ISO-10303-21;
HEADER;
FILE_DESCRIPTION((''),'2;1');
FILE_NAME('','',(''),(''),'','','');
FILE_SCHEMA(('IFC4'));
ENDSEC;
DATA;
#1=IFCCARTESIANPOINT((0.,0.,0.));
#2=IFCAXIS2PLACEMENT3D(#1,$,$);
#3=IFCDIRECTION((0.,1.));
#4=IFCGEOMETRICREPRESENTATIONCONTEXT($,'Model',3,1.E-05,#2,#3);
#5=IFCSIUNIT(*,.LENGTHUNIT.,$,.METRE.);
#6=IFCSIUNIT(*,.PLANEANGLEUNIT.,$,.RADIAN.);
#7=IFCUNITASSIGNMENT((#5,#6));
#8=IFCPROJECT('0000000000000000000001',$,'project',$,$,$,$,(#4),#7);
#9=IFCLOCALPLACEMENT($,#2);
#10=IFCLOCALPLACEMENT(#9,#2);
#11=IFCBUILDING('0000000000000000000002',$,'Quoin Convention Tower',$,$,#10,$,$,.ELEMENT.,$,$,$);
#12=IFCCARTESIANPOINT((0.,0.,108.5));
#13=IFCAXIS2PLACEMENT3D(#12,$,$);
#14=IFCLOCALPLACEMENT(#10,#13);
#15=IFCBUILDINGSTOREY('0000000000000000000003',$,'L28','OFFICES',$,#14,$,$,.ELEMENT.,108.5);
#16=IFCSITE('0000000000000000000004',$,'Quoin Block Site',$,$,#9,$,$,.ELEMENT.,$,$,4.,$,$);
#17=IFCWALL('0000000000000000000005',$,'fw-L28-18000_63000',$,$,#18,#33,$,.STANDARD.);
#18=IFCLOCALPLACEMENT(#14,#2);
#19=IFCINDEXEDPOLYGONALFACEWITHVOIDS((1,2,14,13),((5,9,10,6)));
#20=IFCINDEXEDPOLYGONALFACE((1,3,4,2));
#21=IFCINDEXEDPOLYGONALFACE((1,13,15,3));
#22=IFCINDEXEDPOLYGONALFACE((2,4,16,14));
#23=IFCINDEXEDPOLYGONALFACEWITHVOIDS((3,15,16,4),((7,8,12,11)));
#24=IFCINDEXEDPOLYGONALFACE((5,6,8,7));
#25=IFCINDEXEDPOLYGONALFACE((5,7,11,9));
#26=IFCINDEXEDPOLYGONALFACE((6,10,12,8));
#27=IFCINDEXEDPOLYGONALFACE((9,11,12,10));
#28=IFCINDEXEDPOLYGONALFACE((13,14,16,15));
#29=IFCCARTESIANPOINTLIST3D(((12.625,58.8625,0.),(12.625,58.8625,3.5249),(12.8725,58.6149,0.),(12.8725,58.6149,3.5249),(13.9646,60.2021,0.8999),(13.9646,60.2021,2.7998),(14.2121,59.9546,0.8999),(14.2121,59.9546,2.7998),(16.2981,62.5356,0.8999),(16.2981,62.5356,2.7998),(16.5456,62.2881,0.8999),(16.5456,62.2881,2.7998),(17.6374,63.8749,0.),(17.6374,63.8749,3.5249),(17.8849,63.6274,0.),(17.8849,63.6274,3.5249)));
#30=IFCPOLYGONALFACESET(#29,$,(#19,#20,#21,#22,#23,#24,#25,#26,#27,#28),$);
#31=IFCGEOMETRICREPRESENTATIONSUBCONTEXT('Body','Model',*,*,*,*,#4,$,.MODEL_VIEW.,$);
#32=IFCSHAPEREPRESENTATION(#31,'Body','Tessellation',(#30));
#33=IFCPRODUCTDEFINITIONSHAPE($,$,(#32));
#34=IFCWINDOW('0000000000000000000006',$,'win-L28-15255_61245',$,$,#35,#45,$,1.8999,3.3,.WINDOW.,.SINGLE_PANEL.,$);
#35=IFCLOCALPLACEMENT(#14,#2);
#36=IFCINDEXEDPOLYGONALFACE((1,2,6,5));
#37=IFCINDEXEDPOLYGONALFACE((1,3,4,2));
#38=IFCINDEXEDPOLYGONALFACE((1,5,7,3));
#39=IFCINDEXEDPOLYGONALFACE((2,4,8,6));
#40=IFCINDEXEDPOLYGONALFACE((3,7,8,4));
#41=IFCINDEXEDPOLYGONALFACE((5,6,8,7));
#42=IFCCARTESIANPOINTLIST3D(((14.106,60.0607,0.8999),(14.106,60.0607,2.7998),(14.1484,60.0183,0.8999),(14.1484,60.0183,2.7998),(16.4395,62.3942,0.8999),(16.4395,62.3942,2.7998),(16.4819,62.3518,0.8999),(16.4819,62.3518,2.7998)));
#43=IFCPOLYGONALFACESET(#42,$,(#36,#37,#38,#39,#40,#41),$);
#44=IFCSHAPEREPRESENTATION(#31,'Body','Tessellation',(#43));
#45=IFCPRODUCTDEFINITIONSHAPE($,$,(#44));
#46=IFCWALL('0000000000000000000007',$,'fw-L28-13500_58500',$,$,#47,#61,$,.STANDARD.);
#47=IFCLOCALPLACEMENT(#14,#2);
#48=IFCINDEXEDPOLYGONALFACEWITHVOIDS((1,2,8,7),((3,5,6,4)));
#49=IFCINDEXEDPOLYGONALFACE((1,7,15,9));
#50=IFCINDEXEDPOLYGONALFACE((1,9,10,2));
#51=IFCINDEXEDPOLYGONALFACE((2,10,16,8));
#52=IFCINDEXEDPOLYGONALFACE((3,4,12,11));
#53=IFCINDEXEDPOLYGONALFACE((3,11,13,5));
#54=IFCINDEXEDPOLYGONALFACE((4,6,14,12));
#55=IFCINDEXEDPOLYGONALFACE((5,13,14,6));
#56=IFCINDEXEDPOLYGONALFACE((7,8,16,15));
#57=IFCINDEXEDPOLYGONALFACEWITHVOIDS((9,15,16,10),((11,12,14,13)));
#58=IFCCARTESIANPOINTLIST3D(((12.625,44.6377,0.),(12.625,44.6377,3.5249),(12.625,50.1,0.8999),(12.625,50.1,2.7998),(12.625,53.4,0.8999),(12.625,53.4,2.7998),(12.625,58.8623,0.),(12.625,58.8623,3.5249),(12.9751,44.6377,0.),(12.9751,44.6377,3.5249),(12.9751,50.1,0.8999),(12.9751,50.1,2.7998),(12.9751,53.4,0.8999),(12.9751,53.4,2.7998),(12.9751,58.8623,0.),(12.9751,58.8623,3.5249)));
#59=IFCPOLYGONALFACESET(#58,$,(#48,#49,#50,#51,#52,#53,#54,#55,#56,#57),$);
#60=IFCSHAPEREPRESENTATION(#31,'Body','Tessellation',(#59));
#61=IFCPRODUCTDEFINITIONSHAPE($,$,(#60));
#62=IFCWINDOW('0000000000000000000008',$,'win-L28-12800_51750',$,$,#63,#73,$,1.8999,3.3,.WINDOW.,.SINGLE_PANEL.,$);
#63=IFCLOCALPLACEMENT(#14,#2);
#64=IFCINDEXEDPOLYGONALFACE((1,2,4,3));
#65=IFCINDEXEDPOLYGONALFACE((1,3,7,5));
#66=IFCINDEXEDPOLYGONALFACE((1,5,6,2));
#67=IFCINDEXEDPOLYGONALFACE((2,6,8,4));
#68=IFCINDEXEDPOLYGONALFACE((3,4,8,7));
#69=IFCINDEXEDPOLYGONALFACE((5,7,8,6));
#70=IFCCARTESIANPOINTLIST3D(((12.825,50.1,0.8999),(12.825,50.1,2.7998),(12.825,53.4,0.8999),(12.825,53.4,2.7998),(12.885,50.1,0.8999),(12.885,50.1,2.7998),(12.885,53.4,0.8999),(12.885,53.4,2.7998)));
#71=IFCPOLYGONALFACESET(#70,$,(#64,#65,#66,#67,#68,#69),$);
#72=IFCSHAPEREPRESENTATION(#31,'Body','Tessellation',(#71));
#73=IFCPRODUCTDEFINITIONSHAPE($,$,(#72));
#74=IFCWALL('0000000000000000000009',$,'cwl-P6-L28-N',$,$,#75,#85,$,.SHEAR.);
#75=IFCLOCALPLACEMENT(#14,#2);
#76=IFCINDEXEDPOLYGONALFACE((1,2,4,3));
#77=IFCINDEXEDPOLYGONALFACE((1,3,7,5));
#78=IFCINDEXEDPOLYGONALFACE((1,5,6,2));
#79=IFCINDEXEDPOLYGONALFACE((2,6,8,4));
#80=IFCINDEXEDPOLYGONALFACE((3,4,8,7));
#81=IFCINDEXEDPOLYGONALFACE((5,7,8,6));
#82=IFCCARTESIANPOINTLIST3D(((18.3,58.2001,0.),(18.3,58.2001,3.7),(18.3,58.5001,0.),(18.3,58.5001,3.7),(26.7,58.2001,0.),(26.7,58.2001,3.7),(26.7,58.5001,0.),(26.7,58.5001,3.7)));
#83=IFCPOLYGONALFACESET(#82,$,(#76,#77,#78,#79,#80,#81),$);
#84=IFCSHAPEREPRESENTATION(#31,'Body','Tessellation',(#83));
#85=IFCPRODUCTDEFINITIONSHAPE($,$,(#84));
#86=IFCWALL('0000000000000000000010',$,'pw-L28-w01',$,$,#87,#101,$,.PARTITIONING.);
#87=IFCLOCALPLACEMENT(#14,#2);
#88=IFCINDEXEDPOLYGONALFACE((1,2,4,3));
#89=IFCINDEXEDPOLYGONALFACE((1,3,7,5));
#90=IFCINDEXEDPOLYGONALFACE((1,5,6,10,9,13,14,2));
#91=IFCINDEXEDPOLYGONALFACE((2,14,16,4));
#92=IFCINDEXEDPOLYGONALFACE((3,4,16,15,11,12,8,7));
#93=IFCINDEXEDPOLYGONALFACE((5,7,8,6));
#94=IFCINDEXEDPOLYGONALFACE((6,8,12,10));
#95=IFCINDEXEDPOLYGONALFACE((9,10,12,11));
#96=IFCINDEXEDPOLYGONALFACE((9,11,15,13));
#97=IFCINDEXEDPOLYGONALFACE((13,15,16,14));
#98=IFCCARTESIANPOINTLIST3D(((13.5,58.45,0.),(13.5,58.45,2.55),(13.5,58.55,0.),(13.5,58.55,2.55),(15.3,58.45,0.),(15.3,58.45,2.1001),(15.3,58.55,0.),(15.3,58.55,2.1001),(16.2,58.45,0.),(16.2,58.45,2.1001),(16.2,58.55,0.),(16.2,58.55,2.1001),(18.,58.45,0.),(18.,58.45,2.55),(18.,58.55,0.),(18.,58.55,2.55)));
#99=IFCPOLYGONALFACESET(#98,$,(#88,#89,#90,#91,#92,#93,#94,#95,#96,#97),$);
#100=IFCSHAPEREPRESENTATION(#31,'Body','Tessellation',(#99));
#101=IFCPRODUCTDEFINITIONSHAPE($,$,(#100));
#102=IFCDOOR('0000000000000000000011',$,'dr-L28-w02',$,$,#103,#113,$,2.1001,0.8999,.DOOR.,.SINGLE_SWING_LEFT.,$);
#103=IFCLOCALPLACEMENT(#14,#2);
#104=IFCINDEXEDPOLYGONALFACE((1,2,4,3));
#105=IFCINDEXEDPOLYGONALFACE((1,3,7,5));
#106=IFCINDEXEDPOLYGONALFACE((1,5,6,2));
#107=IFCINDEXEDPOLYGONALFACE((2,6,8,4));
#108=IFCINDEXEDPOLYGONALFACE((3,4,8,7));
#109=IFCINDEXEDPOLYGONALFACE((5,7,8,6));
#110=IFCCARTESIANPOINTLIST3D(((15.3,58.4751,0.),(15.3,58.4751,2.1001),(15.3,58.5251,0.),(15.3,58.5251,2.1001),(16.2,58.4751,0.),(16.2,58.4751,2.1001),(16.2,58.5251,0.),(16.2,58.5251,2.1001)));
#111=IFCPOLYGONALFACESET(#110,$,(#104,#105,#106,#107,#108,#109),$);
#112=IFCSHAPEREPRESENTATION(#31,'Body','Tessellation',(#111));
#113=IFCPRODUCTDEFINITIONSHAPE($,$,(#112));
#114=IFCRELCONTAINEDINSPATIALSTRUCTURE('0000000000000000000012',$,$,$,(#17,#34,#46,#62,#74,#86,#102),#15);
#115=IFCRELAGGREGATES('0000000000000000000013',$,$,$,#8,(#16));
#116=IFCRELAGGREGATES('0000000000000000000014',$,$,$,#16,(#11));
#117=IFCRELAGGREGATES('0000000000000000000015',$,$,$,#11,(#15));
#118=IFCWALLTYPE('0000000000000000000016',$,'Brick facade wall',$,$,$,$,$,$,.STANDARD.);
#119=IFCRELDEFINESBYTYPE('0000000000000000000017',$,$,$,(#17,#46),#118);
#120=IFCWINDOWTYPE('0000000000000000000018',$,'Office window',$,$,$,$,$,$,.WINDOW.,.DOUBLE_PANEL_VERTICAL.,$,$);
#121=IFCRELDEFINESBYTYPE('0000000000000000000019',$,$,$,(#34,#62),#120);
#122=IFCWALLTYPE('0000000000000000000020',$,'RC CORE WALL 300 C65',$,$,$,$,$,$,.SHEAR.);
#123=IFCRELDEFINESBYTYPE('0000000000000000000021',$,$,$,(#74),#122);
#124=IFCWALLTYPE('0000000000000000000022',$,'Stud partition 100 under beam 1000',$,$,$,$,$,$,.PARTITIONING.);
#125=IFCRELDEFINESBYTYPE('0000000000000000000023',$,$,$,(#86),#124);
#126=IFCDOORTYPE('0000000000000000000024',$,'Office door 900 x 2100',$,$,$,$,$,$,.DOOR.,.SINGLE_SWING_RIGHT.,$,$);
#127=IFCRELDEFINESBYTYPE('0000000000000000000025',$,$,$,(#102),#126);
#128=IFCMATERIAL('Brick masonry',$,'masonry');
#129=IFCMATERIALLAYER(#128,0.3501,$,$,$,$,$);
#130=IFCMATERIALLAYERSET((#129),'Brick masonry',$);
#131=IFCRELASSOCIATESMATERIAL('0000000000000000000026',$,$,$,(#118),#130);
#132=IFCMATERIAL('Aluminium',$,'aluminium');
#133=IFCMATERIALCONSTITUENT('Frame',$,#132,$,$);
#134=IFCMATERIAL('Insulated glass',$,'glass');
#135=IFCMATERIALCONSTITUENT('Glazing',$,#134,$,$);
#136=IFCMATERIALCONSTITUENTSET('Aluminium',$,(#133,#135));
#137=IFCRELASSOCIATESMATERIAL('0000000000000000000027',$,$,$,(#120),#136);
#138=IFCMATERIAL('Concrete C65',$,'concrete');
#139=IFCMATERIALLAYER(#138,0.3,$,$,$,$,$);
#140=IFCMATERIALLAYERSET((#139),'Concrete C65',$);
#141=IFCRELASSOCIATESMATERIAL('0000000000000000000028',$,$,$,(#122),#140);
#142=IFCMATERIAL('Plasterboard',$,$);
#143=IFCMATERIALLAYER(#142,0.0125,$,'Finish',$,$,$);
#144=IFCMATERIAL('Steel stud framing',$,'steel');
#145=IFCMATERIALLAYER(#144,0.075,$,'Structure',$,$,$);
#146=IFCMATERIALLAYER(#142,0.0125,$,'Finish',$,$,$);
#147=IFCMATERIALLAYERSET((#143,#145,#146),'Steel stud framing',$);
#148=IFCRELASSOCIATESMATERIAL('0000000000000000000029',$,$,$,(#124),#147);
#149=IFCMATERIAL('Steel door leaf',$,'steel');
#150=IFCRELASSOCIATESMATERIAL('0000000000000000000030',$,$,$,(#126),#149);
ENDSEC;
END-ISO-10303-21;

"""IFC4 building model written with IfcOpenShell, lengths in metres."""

from ifc_helpers import new_model, si_unit, direction, frame, frame_2d, origin, place, context, subcontext, project, spatial, rectangle, extrude, material, layer, layer_set, constituent, constituent_set, type_object, element, fill, save


model = new_model("IFC4")

# Units and contexts
model_context = context("Model", 3, precision=1e-05, world=origin(), true_north=direction((0.0, 1.0)))
body_context = subcontext(model_context, "Body", "Model", "MODEL_VIEW")
ifc_project = project(units=[si_unit("LENGTHUNIT", "METRE"), si_unit("PLANEANGLEUNIT", "RADIAN")], contexts=[model_context])

# Site, building, storey
site_placement = place(None, origin())
site = spatial("IfcSite", under=ifc_project, at=site_placement, Name="Quoin Block Site", CompositionType="ELEMENT", RefElevation=4.0)
building_placement = place(site_placement, origin())
building = spatial("IfcBuilding", under=site, at=building_placement, Name="Quoin Convention Tower", CompositionType="ELEMENT")
storey_placement = place(building_placement, frame((0.0, 0.0, 108.5)))
storey = spatial("IfcBuildingStorey", under=building, at=storey_placement, Name="L28", Description="OFFICES", CompositionType="ELEMENT", Elevation=108.5)

# Shared definitions
ifc_material_1 = material(Name="Concrete C65", Category="concrete")

# Walls, openings, windows
ifc_material_2 = material(Name="Brick masonry", Category="masonry")
ifc_layer_1 = layer(ifc_material_2, 0.3501)
ifc_layer_set_1 = layer_set([ifc_layer_1], Name="Brick masonry")
wall_type_1 = type_object("IfcWallType", Name="Brick facade wall", PredefinedType="STANDARD", material=ifc_layer_set_1)
wall_1_placement = place(storey_placement, frame((17.7612, 63.7512, 0.0), z_axis=(0.0, 0.0, 1.0), x_axis=(-0.707107, -0.707107, 0.0)))
wall_1 = element("IfcWall", 1, at=wall_1_placement, inside=storey, type_object=wall_type_1, Name="fw-L28-18000_63000", PredefinedType="STANDARD", context=body_context, shape_type="SweptSolid", body=[
    extrude(rectangle(XDim=7.0886, YDim=0.3501, at=frame_2d((3.5444, 0.0))), origin(), (0.0, 0.0, 1.0), 3.5249),
])
opening_1_placement = place(wall_1_placement, frame((1.8943, 0.0, 0.8999)))
opening_1 = element("IfcOpeningElement", 2, at=opening_1_placement, cuts=wall_1, PredefinedType="OPENING", context=body_context, shape_type="SweptSolid", body=[
    extrude(rectangle(XDim=3.3, YDim=1.8999, at=frame_2d((1.6499, 0.95))), frame((0.0, 0.1851, 0.0), z_axis=(0.0, -1.0, 0.0), x_axis=(1.0, 0.0, 0.0)), (0.0, 0.0, 1.0), 0.3701),
])
ifc_material_3 = material(Name="Aluminium", Category="aluminium")
ifc_constituent_1 = constituent(ifc_material_3, Name="Frame")
ifc_material_4 = material(Name="Insulated glass", Category="glass")
ifc_constituent_2 = constituent(ifc_material_4, Name="Glazing")
ifc_constituent_set = constituent_set(constituents=[ifc_constituent_1, ifc_constituent_2], Name="Aluminium")
window_type = type_object("IfcWindowType", Name="Office window", PartitioningType="DOUBLE_PANEL_VERTICAL", PredefinedType="WINDOW", material=ifc_constituent_set)
window_1_placement = place(opening_1_placement, origin())
window_1 = element("IfcWindow", 3, at=window_1_placement, inside=storey, type_object=window_type, Name="win-L28-15255_61245", OverallHeight=1.8999, OverallWidth=3.3, PartitioningType="SINGLE_PANEL", PredefinedType="WINDOW", context=body_context, shape_type="SweptSolid", body=[
    extrude(rectangle(XDim=3.3, YDim=1.8999, at=frame_2d((1.6499, 0.95))), frame((0.0, 0.085, 0.0), z_axis=(0.0, -1.0, 0.0), x_axis=(1.0, 0.0, 0.0)), (0.0, 0.0, 1.0), 0.0601),
])
fill(opening_1, window_1)
wall_2_placement = place(storey_placement, frame((12.8, 58.8623, 0.0), z_axis=(0.0, 0.0, 1.0), x_axis=(0.0, -1.0, 0.0)))
wall_2 = element("IfcWall", 4, at=wall_2_placement, inside=storey, type_object=wall_type_1, Name="fw-L28-13500_58500", PredefinedType="STANDARD", context=body_context, shape_type="SweptSolid", body=[
    extrude(rectangle(XDim=14.2246, YDim=0.3501, at=frame_2d((7.1123, 0.0))), origin(), (0.0, 0.0, 1.0), 3.5249),
])
opening_2_placement = place(wall_2_placement, frame((5.4624, 0.0, 0.8999)))
opening_2 = element("IfcOpeningElement", 5, at=opening_2_placement, cuts=wall_2, PredefinedType="OPENING", context=body_context, shape_type="SweptSolid", body=[
    extrude(rectangle(XDim=3.3, YDim=1.8999, at=frame_2d((1.6499, 0.95))), frame((0.0, 0.1851, 0.0), z_axis=(0.0, -1.0, 0.0), x_axis=(1.0, 0.0, 0.0)), (0.0, 0.0, 1.0), 0.3701),
])
window_2_placement = place(opening_2_placement, origin())
window_2 = element("IfcWindow", 6, at=window_2_placement, inside=storey, type_object=window_type, Name="win-L28-12800_51750", OverallHeight=1.8999, OverallWidth=3.3, PartitioningType="SINGLE_PANEL", PredefinedType="WINDOW", context=body_context, shape_type="SweptSolid", body=[
    extrude(rectangle(XDim=3.3, YDim=1.8999, at=frame_2d((1.6499, 0.95))), frame((0.0, 0.085, 0.0), z_axis=(0.0, -1.0, 0.0), x_axis=(1.0, 0.0, 0.0)), (0.0, 0.0, 1.0), 0.0601),
])
fill(opening_2, window_2)

# Wall
ifc_layer_2 = layer(ifc_material_1, 0.3)
ifc_layer_set_2 = layer_set([ifc_layer_2], Name="Concrete C65")
wall_type_2 = type_object("IfcWallType", Name="RC CORE WALL 300 C65", PredefinedType="SHEAR", material=ifc_layer_set_2)
wall_3_placement = place(storey_placement, frame((18.3, 58.3501, 0.0), z_axis=(0.0, 0.0, 1.0), x_axis=(1.0, 0.0, 0.0)))
element("IfcWall", 7, at=wall_3_placement, inside=storey, type_object=wall_type_2, Name="cwl-P6-L28-N", PredefinedType="SHEAR", context=body_context, shape_type="SweptSolid", body=[
    extrude(rectangle(XDim=8.3999, YDim=0.3, at=frame_2d((4.2, 0.0))), origin(), (0.0, 0.0, 1.0), 3.7),
])

# Wall, opening, door
ifc_material_5 = material(Name="Plasterboard")
ifc_layer_3 = layer(ifc_material_5, 0.0125, Name="Finish")
ifc_material_6 = material(Name="Steel stud framing", Category="steel")
ifc_layer_4 = layer(ifc_material_6, 0.075, Name="Structure")
ifc_layer_5 = layer(ifc_material_5, 0.0125, Name="Finish")
ifc_layer_set_3 = layer_set([ifc_layer_3, ifc_layer_4, ifc_layer_5], Name="Steel stud framing")
wall_type_3 = type_object("IfcWallType", Name="Stud partition 100 under beam 1000", PredefinedType="PARTITIONING", material=ifc_layer_set_3)
wall_4_placement = place(storey_placement, frame((13.5, 58.5, 0.0), z_axis=(0.0, 0.0, 1.0), x_axis=(1.0, 0.0, 0.0)))
wall_4 = element("IfcWall", 8, at=wall_4_placement, inside=storey, type_object=wall_type_3, Name="pw-L28-w01", PredefinedType="PARTITIONING", context=body_context, shape_type="SweptSolid", body=[
    extrude(rectangle(XDim=4.5, YDim=0.1001, at=frame_2d((2.25, 0.0))), origin(), (0.0, 0.0, 1.0), 2.55),
])
opening_3_placement = place(wall_4_placement, frame((1.8, 0.0, 0.0)))
opening_3 = element("IfcOpeningElement", 9, at=opening_3_placement, cuts=wall_4, PredefinedType="OPENING", context=body_context, shape_type="SweptSolid", body=[
    extrude(rectangle(XDim=0.8999, YDim=2.1001, at=frame_2d((0.45, 1.05))), frame((0.0, 0.0601, 0.0), z_axis=(0.0, -1.0, 0.0), x_axis=(1.0, 0.0, 0.0)), (0.0, 0.0, 1.0), 0.1201),
])
ifc_material_7 = material(Name="Steel door leaf", Category="steel")
door_type = type_object("IfcDoorType", Name="Office door 900 x 2100", OperationType="SINGLE_SWING_RIGHT", PredefinedType="DOOR", material=ifc_material_7)
door_placement = place(opening_3_placement, frame((0.8999, 0.0, 0.0), z_axis=(0.0, 0.0, 1.0), x_axis=(-1.0, 0.0, 0.0)))
door = element("IfcDoor", 10, at=door_placement, inside=storey, type_object=door_type, Name="dr-L28-w02", OperationType="SINGLE_SWING_LEFT", OverallHeight=2.1001, OverallWidth=0.8999, PredefinedType="DOOR", context=body_context, shape_type="SweptSolid", body=[
    extrude(rectangle(XDim=0.8999, YDim=2.1001, at=frame_2d((0.45, 1.05))), frame((0.0, 0.0249, 0.0), z_axis=(0.0, -1.0, 0.0), x_axis=(1.0, 0.0, 0.0)), (0.0, 0.0, 1.0), 0.05),
])
fill(opening_3, door)

save(model, "model.ifc")
